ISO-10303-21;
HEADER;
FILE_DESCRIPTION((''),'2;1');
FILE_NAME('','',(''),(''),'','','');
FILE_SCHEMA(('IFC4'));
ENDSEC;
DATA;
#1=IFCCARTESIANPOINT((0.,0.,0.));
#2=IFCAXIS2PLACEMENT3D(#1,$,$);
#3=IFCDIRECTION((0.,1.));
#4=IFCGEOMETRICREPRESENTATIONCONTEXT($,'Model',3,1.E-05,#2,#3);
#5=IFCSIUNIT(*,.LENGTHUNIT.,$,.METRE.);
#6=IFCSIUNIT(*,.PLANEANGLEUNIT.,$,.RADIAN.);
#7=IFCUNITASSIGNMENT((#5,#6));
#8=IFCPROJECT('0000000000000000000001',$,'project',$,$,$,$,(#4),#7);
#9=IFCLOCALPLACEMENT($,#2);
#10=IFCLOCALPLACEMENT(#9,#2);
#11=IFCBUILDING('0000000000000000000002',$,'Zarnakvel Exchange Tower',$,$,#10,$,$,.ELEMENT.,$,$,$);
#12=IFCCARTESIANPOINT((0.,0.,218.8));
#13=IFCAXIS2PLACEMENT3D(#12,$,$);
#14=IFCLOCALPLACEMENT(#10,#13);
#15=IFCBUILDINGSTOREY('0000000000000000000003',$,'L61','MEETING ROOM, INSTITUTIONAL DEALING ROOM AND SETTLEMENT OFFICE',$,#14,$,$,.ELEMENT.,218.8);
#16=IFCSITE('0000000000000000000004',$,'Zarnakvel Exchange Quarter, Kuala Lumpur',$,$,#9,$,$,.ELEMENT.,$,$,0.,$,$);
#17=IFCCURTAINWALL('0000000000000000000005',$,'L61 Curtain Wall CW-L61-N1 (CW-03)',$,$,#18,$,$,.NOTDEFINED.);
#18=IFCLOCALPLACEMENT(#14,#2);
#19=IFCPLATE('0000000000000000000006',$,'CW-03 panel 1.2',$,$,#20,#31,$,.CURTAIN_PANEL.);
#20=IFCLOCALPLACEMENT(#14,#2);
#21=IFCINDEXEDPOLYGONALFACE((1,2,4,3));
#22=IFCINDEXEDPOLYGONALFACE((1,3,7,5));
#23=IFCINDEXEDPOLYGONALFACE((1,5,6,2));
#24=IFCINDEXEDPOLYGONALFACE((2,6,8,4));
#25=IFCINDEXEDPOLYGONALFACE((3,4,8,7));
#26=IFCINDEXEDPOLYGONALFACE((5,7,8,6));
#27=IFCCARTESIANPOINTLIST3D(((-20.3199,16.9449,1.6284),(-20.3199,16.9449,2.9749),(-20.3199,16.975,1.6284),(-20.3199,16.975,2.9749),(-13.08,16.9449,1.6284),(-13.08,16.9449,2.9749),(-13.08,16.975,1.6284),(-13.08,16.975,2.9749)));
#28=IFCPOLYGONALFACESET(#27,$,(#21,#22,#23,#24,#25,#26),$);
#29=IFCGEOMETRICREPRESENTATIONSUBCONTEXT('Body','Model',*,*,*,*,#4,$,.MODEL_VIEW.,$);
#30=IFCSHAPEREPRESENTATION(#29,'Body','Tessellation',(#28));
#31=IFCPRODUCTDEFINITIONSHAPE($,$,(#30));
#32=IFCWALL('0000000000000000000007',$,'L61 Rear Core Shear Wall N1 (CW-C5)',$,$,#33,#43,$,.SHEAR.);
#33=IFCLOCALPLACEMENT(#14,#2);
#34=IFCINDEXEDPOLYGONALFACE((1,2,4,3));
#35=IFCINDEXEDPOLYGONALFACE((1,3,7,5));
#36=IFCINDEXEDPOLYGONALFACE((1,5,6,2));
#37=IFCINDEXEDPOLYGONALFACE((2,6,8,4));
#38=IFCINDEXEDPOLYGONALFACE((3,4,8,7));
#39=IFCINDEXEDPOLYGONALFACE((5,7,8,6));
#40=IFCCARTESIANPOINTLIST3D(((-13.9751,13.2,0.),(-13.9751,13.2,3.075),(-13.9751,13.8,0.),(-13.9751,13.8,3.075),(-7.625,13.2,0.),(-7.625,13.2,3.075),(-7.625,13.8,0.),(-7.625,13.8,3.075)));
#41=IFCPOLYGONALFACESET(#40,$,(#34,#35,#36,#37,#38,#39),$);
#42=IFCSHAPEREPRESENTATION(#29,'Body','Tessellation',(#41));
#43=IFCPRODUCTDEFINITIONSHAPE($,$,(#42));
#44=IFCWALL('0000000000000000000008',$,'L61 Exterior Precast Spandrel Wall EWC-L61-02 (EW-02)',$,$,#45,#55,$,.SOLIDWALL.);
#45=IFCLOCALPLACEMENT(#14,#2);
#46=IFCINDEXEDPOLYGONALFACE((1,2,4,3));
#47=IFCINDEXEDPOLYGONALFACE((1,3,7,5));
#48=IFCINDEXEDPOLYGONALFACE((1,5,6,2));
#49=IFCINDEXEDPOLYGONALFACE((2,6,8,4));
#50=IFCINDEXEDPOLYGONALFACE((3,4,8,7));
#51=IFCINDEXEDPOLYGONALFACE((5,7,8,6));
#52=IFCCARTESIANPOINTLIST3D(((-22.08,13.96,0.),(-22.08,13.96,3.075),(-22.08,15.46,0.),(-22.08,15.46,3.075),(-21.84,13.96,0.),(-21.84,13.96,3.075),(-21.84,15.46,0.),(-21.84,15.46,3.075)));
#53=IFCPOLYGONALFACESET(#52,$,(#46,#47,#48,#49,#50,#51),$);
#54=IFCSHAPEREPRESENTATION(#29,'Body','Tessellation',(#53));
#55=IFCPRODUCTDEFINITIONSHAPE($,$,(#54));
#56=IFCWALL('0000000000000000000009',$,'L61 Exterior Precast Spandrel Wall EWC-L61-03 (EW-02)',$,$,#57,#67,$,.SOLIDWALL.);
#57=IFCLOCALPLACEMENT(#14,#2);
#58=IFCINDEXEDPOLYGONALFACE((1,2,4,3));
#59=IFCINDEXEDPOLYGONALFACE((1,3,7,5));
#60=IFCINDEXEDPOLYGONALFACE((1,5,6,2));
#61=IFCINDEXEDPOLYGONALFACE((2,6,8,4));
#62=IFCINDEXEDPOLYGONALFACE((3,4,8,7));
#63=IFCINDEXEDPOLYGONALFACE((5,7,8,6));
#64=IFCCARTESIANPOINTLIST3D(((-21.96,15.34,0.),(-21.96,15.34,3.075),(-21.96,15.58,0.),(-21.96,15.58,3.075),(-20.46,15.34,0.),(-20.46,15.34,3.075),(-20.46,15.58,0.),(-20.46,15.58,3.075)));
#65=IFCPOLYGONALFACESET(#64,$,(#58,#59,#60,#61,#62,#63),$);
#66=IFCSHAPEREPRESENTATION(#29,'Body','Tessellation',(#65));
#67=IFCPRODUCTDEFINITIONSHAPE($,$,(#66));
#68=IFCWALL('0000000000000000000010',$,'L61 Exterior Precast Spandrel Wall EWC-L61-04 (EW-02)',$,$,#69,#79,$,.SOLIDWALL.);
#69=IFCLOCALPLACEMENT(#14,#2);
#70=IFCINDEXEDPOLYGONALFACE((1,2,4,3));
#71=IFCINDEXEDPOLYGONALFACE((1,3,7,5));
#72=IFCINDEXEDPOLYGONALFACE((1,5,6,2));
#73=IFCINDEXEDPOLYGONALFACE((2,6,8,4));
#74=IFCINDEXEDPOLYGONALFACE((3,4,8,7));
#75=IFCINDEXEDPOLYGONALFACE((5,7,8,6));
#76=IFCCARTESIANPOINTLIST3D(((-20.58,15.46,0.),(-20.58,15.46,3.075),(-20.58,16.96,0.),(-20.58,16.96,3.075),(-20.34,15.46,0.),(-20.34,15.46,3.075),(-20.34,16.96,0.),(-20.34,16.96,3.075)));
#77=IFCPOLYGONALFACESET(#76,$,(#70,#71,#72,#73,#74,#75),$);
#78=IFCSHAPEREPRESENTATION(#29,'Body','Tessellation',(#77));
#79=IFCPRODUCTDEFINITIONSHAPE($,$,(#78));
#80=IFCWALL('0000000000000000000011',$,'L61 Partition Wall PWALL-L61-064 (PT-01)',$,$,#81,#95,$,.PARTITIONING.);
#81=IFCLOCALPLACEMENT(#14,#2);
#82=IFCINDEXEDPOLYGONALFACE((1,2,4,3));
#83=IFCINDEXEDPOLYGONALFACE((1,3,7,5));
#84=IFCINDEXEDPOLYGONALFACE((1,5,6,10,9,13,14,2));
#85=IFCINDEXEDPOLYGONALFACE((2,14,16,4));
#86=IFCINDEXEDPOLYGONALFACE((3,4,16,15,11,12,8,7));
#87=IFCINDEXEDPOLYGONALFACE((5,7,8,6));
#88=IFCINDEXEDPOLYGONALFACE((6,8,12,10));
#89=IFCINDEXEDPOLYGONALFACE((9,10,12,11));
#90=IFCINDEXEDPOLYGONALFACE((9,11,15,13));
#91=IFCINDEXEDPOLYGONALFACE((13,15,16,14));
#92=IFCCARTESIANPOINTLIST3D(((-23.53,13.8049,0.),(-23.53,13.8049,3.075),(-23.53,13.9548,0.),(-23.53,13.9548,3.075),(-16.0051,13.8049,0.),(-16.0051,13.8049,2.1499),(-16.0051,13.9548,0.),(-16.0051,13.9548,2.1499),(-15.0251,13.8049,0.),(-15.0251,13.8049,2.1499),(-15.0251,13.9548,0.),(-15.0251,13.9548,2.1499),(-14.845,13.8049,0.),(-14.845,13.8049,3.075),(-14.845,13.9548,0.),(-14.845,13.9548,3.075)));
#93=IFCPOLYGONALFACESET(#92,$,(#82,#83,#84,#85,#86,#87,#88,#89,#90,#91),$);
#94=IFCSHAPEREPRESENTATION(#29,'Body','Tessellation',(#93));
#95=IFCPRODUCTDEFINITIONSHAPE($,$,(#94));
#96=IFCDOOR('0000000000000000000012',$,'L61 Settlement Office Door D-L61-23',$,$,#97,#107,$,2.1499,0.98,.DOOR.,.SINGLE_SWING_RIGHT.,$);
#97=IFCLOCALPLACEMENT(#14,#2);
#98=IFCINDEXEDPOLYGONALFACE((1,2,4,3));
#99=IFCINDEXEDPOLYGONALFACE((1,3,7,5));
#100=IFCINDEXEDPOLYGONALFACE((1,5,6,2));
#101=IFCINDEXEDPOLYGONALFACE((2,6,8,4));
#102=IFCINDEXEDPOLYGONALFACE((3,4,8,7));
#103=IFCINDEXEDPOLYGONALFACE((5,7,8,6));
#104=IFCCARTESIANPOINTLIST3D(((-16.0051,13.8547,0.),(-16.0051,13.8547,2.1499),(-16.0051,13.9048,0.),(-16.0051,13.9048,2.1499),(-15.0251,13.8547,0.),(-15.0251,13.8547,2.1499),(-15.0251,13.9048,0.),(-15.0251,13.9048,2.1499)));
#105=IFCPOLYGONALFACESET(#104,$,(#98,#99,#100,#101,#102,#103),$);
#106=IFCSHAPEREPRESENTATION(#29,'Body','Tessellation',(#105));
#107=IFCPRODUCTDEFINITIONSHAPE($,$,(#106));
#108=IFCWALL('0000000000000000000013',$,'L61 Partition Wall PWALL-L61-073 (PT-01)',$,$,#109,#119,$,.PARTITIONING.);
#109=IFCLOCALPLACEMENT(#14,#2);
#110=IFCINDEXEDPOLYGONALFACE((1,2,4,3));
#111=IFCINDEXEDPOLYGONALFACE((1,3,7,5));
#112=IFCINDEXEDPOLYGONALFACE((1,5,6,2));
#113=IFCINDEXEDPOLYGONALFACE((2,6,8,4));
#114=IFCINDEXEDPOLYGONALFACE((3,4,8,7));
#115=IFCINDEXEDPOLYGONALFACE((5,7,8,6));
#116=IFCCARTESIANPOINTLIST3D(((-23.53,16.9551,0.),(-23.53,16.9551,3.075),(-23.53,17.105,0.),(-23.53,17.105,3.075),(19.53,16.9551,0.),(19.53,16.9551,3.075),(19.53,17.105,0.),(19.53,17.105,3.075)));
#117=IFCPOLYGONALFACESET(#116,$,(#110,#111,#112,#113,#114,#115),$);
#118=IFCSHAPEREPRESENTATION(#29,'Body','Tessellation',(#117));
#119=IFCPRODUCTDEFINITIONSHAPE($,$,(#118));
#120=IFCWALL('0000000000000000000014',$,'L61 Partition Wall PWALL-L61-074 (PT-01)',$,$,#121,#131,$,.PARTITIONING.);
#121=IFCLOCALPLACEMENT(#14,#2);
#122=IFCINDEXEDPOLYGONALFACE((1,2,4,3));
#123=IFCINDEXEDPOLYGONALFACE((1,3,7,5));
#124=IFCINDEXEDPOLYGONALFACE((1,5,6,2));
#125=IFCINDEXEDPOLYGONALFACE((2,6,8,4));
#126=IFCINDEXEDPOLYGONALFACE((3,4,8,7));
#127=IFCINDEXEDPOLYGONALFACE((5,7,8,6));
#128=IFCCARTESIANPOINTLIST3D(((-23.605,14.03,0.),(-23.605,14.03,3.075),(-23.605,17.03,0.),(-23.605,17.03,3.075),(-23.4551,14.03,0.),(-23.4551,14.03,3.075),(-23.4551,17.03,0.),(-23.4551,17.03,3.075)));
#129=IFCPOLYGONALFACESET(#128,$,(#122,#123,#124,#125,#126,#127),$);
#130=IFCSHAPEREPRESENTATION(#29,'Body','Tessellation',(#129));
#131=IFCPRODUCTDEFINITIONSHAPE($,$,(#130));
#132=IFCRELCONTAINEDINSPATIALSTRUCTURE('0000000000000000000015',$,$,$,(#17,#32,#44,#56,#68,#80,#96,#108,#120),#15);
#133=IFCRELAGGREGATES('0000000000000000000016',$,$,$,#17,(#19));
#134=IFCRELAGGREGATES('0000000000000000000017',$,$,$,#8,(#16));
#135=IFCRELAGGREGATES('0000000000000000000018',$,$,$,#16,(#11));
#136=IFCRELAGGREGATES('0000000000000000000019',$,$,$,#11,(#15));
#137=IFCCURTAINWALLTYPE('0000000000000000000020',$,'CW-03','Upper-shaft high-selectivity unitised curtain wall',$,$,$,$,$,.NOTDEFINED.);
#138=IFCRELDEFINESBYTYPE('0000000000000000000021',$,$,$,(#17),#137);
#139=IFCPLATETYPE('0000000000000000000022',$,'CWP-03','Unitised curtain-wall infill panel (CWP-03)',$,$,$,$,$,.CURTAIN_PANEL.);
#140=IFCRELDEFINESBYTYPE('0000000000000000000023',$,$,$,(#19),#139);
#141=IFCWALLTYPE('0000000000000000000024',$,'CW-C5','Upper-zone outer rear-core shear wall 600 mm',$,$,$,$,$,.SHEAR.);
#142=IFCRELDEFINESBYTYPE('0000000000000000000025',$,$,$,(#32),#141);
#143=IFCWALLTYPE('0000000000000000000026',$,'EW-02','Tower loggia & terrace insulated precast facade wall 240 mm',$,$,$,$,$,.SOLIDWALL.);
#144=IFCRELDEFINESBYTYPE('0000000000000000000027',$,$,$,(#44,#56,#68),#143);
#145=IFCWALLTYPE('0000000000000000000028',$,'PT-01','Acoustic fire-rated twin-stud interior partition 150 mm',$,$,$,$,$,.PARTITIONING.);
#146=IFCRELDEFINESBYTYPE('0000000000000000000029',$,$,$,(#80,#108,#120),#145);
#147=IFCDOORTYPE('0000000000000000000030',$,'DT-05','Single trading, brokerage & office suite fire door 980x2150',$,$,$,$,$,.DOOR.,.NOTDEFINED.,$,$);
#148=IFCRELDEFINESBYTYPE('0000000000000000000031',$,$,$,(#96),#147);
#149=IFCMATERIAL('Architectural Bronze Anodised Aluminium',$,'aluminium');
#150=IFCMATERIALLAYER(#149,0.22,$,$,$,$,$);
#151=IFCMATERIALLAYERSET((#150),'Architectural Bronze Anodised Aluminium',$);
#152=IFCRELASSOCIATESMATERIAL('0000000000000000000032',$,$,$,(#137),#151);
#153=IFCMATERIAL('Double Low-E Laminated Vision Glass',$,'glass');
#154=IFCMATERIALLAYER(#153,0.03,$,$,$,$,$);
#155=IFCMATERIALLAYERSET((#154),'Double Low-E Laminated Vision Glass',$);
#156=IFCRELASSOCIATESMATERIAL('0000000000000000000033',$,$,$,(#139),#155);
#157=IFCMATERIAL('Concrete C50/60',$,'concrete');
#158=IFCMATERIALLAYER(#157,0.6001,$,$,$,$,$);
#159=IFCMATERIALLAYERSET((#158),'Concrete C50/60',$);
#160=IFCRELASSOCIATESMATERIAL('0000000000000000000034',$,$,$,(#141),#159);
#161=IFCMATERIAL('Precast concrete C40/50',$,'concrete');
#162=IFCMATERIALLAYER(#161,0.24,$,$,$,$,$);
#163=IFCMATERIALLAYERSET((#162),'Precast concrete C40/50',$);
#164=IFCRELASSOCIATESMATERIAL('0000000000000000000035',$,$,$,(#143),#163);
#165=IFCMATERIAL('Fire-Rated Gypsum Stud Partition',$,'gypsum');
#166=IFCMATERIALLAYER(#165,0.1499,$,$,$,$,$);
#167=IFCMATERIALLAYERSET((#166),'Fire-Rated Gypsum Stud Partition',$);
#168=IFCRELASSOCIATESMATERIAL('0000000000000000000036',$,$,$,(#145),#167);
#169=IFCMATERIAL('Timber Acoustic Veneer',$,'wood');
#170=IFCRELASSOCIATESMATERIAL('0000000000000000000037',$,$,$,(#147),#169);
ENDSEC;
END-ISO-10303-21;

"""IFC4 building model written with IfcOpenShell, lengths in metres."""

from ifc_helpers import new_model, si_unit, direction, frame, frame_2d, origin, origin_2d, place, context, subcontext, project, spatial, rectangle, extrude, source, transform, mapped, material, layer, layer_set, type_object, element, fill, aggregate, save


model = new_model("IFC4")

# Units and contexts
model_context = context("Model", 3, precision=1e-05, world=origin(), true_north=direction((0.0, 1.0)))
body_context = subcontext(model_context, "Body", "Model", "MODEL_VIEW")
ifc_project = project(units=[si_unit("LENGTHUNIT", "METRE"), si_unit("PLANEANGLEUNIT", "RADIAN")], contexts=[model_context])

# Site, building, storey
site_placement = place(None, origin())
site = spatial("IfcSite", under=ifc_project, at=site_placement, Name="Zarnakvel Exchange Quarter, Kuala Lumpur", CompositionType="ELEMENT", RefElevation=0.0)
building_placement = place(site_placement, origin())
building = spatial("IfcBuilding", under=site, at=building_placement, Name="Zarnakvel Exchange Tower", CompositionType="ELEMENT")
storey_placement = place(building_placement, frame((0.0, 0.0, 218.8)))
storey = spatial("IfcBuildingStorey", under=building, at=storey_placement, Name="L61", Description="MEETING ROOM, INSTITUTIONAL DEALING ROOM AND SETTLEMENT OFFICE", CompositionType="ELEMENT", Elevation=218.8)

# Shared definitions
ifc_material_1 = material(Name="Concrete C50/60", Category="concrete")

# Shared definitions
ifc_material_2 = material(Name="Architectural Bronze Anodised Aluminium", Category="aluminium")

# Curtain wall, plate
ifc_layer_1 = layer(ifc_material_2, 0.22)
ifc_layer_set_1 = layer_set([ifc_layer_1], Name="Architectural Bronze Anodised Aluminium")
curtain_wall_type_1 = type_object("IfcCurtainWallType", Name="CW-03", Description="Upper-shaft high-selectivity unitised curtain wall", PredefinedType="NOTDEFINED", material=ifc_layer_set_1)
curtain_wall_1_placement = place(storey_placement, origin())
curtain_wall_1 = element("IfcCurtainWall", 1, at=curtain_wall_1_placement, inside=storey, type_object=curtain_wall_type_1, Name="L61 Curtain Wall CW-L61-N1 (CW-03)", PredefinedType="NOTDEFINED")
ifc_material_3 = material(Name="Double Low-E Laminated Vision Glass", Category="glass")
ifc_layer_2 = layer(ifc_material_3, 0.03)
ifc_layer_set_2 = layer_set([ifc_layer_2], Name="Double Low-E Laminated Vision Glass")
plate_type = type_object("IfcPlateType", Name="CWP-03", Description="Unitised curtain-wall infill panel (CWP-03)", PredefinedType="CURTAIN_PANEL", material=ifc_layer_set_2)
shared_shape_1 = source(origin(), body_context, "Body", "SweptSolid", [
    extrude(rectangle(XDim=7.24, YDim=0.03, at=origin_2d()), origin(), (0.0, 0.0, 1.0), 1.3464),
])
plate_1_placement = place(storey_placement, frame((-16.7, 16.96, 1.6284), z_axis=(0.0, 0.0, 1.0), x_axis=(1.0, 0.0, 0.0)))
plate_1 = element("IfcPlate", 2, at=plate_1_placement, type_object=plate_type, Name="CW-03 panel 1.2", PredefinedType="CURTAIN_PANEL", context=body_context, shape_type="MappedRepresentation", body=[
    mapped(shared_shape_1, transform((0.0, 0.0, 0.0), x_axis=(1.0, 0.0, 0.0), y_axis=(0.0, 1.0, 0.0), z_axis=(0.0, 0.0, 1.0), scale=1.0)),
])
aggregate(curtain_wall_1, [plate_1])

# Walls
ifc_layer_3 = layer(ifc_material_1, 0.6001)
ifc_layer_set_3 = layer_set([ifc_layer_3], Name="Concrete C50/60")
wall_type_1 = type_object("IfcWallType", Name="CW-C5", Description="Upper-zone outer rear-core shear wall 600 mm", PredefinedType="SHEAR", material=ifc_layer_set_3)
wall_1_placement = place(storey_placement, frame((-13.9751, 13.5, 0.0), z_axis=(0.0, 0.0, 1.0), x_axis=(1.0, 0.0, 0.0)))
element("IfcWall", 3, at=wall_1_placement, inside=storey, type_object=wall_type_1, Name="L61 Rear Core Shear Wall N1 (CW-C5)", PredefinedType="SHEAR", context=body_context, shape_type="SweptSolid", body=[
    extrude(rectangle(XDim=6.3501, YDim=0.6001, at=frame_2d((3.175, 0.0))), origin(), (0.0, 0.0, 1.0), 3.075),
])
ifc_material_4 = material(Name="Precast concrete C40/50", Category="concrete")
ifc_layer_4 = layer(ifc_material_4, 0.24)
ifc_layer_set_4 = layer_set([ifc_layer_4], Name="Precast concrete C40/50")
wall_type_2 = type_object("IfcWallType", Name="EW-02", Description="Tower loggia & terrace insulated precast facade wall 240 mm", PredefinedType="SOLIDWALL", material=ifc_layer_set_4)
for number, where, z_axis, x_axis, name in (
    (4, (-21.96, 15.46, 0.0), (0.0, 0.0, 1.0), (0.0, -1.0, 0.0), "L61 Exterior Precast Spandrel Wall EWC-L61-02 (EW-02)"),
    (5, (-20.46, 15.46, 0.0), (0.0, 0.0, 1.0), (-1.0, 0.0, 0.0), "L61 Exterior Precast Spandrel Wall EWC-L61-03 (EW-02)"),
    (6, (-20.46, 16.96, 0.0), (0.0, 0.0, 1.0), (0.0, -1.0, 0.0), "L61 Exterior Precast Spandrel Wall EWC-L61-04 (EW-02)"),
):
    element("IfcWall", number, at=place(storey_placement, frame(where, z_axis=z_axis, x_axis=x_axis)), inside=storey, type_object=wall_type_2, Name=name, PredefinedType="SOLIDWALL", context=body_context, shape_type="SweptSolid", body=[
        extrude(rectangle(XDim=1.5, YDim=0.24, at=frame_2d((0.75, 0.0))), origin(), (0.0, 0.0, 1.0), 3.075),
    ])

# Wall, opening, door
ifc_material_5 = material(Name="Fire-Rated Gypsum Stud Partition", Category="gypsum")
ifc_layer_5 = layer(ifc_material_5, 0.1499)
ifc_layer_set_5 = layer_set([ifc_layer_5], Name="Fire-Rated Gypsum Stud Partition")
wall_type_3 = type_object("IfcWallType", Name="PT-01", Description="Acoustic fire-rated twin-stud interior partition 150 mm", PredefinedType="PARTITIONING", material=ifc_layer_set_5)
wall_2_placement = place(storey_placement, frame((-23.53, 13.8799, 0.0), z_axis=(0.0, 0.0, 1.0), x_axis=(1.0, 0.0, 0.0)))
wall_2 = element("IfcWall", 7, at=wall_2_placement, inside=storey, type_object=wall_type_3, Name="L61 Partition Wall PWALL-L61-064 (PT-01)", PredefinedType="PARTITIONING", context=body_context, shape_type="SweptSolid", body=[
    extrude(rectangle(XDim=8.6851, YDim=0.1499, at=frame_2d((4.3425, 0.0))), origin(), (0.0, 0.0, 1.0), 3.075),
])
opening_placement = place(wall_2_placement, frame((7.5249, 0.0, 0.0)))
opening = element("IfcOpeningElement", 8, at=opening_placement, cuts=wall_2, PredefinedType="OPENING", context=body_context, shape_type="SweptSolid", body=[
    extrude(rectangle(XDim=0.98, YDim=2.1499, at=frame_2d((0.49, 1.075))), frame((0.0, 0.085, 0.0), z_axis=(0.0, -1.0, 0.0), x_axis=(1.0, 0.0, 0.0)), (0.0, 0.0, 1.0), 0.1699),
])
ifc_material_6 = material(Name="Timber Acoustic Veneer", Category="wood")
door_type = type_object("IfcDoorType", Name="DT-05", Description="Single trading, brokerage & office suite fire door 980x2150", OperationType="NOTDEFINED", PredefinedType="DOOR", material=ifc_material_6)
shared_shape_2 = source(origin(), body_context, "Body", "SweptSolid", [
    extrude(rectangle(XDim=0.98, YDim=2.1499, at=frame_2d((0.49, 1.075))), frame((0.0, 0.0249, 0.0), z_axis=(0.0, -1.0, 0.0), x_axis=(1.0, 0.0, 0.0)), (0.0, 0.0, 1.0), 0.05),
])
door_placement = place(opening_placement, origin())
door = element("IfcDoor", 9, at=door_placement, inside=storey, type_object=door_type, Name="L61 Settlement Office Door D-L61-23", OperationType="SINGLE_SWING_RIGHT", OverallHeight=2.1499, OverallWidth=0.98, PredefinedType="DOOR", context=body_context, shape_type="MappedRepresentation", body=[
    mapped(shared_shape_2, transform((0.0, 0.0, 0.0), x_axis=(1.0, 0.0, 0.0), y_axis=(0.0, 1.0, 0.0), z_axis=(0.0, 0.0, 1.0), scale=1.0)),
])
fill(opening, door)

# Walls
wall_3_placement = place(storey_placement, frame((-23.53, 17.03, 0.0), z_axis=(0.0, 0.0, 1.0), x_axis=(1.0, 0.0, 0.0)))
element("IfcWall", 10, at=wall_3_placement, inside=storey, type_object=wall_type_3, Name="L61 Partition Wall PWALL-L61-073 (PT-01)", PredefinedType="PARTITIONING", context=body_context, shape_type="SweptSolid", body=[
    extrude(rectangle(XDim=43.0601, YDim=0.1499, at=frame_2d((21.53, 0.0))), origin(), (0.0, 0.0, 1.0), 3.075),
])
wall_4_placement = place(storey_placement, frame((-23.53, 14.03, 0.0), z_axis=(0.0, 0.0, 1.0), x_axis=(0.0, 1.0, 0.0)))
element("IfcWall", 11, at=wall_4_placement, inside=storey, type_object=wall_type_3, Name="L61 Partition Wall PWALL-L61-074 (PT-01)", PredefinedType="PARTITIONING", context=body_context, shape_type="SweptSolid", body=[
    extrude(rectangle(XDim=3.0, YDim=0.1499, at=frame_2d((1.5, 0.0))), origin(), (0.0, 0.0, 1.0), 3.075),
])

save(model, "model.ifc")
